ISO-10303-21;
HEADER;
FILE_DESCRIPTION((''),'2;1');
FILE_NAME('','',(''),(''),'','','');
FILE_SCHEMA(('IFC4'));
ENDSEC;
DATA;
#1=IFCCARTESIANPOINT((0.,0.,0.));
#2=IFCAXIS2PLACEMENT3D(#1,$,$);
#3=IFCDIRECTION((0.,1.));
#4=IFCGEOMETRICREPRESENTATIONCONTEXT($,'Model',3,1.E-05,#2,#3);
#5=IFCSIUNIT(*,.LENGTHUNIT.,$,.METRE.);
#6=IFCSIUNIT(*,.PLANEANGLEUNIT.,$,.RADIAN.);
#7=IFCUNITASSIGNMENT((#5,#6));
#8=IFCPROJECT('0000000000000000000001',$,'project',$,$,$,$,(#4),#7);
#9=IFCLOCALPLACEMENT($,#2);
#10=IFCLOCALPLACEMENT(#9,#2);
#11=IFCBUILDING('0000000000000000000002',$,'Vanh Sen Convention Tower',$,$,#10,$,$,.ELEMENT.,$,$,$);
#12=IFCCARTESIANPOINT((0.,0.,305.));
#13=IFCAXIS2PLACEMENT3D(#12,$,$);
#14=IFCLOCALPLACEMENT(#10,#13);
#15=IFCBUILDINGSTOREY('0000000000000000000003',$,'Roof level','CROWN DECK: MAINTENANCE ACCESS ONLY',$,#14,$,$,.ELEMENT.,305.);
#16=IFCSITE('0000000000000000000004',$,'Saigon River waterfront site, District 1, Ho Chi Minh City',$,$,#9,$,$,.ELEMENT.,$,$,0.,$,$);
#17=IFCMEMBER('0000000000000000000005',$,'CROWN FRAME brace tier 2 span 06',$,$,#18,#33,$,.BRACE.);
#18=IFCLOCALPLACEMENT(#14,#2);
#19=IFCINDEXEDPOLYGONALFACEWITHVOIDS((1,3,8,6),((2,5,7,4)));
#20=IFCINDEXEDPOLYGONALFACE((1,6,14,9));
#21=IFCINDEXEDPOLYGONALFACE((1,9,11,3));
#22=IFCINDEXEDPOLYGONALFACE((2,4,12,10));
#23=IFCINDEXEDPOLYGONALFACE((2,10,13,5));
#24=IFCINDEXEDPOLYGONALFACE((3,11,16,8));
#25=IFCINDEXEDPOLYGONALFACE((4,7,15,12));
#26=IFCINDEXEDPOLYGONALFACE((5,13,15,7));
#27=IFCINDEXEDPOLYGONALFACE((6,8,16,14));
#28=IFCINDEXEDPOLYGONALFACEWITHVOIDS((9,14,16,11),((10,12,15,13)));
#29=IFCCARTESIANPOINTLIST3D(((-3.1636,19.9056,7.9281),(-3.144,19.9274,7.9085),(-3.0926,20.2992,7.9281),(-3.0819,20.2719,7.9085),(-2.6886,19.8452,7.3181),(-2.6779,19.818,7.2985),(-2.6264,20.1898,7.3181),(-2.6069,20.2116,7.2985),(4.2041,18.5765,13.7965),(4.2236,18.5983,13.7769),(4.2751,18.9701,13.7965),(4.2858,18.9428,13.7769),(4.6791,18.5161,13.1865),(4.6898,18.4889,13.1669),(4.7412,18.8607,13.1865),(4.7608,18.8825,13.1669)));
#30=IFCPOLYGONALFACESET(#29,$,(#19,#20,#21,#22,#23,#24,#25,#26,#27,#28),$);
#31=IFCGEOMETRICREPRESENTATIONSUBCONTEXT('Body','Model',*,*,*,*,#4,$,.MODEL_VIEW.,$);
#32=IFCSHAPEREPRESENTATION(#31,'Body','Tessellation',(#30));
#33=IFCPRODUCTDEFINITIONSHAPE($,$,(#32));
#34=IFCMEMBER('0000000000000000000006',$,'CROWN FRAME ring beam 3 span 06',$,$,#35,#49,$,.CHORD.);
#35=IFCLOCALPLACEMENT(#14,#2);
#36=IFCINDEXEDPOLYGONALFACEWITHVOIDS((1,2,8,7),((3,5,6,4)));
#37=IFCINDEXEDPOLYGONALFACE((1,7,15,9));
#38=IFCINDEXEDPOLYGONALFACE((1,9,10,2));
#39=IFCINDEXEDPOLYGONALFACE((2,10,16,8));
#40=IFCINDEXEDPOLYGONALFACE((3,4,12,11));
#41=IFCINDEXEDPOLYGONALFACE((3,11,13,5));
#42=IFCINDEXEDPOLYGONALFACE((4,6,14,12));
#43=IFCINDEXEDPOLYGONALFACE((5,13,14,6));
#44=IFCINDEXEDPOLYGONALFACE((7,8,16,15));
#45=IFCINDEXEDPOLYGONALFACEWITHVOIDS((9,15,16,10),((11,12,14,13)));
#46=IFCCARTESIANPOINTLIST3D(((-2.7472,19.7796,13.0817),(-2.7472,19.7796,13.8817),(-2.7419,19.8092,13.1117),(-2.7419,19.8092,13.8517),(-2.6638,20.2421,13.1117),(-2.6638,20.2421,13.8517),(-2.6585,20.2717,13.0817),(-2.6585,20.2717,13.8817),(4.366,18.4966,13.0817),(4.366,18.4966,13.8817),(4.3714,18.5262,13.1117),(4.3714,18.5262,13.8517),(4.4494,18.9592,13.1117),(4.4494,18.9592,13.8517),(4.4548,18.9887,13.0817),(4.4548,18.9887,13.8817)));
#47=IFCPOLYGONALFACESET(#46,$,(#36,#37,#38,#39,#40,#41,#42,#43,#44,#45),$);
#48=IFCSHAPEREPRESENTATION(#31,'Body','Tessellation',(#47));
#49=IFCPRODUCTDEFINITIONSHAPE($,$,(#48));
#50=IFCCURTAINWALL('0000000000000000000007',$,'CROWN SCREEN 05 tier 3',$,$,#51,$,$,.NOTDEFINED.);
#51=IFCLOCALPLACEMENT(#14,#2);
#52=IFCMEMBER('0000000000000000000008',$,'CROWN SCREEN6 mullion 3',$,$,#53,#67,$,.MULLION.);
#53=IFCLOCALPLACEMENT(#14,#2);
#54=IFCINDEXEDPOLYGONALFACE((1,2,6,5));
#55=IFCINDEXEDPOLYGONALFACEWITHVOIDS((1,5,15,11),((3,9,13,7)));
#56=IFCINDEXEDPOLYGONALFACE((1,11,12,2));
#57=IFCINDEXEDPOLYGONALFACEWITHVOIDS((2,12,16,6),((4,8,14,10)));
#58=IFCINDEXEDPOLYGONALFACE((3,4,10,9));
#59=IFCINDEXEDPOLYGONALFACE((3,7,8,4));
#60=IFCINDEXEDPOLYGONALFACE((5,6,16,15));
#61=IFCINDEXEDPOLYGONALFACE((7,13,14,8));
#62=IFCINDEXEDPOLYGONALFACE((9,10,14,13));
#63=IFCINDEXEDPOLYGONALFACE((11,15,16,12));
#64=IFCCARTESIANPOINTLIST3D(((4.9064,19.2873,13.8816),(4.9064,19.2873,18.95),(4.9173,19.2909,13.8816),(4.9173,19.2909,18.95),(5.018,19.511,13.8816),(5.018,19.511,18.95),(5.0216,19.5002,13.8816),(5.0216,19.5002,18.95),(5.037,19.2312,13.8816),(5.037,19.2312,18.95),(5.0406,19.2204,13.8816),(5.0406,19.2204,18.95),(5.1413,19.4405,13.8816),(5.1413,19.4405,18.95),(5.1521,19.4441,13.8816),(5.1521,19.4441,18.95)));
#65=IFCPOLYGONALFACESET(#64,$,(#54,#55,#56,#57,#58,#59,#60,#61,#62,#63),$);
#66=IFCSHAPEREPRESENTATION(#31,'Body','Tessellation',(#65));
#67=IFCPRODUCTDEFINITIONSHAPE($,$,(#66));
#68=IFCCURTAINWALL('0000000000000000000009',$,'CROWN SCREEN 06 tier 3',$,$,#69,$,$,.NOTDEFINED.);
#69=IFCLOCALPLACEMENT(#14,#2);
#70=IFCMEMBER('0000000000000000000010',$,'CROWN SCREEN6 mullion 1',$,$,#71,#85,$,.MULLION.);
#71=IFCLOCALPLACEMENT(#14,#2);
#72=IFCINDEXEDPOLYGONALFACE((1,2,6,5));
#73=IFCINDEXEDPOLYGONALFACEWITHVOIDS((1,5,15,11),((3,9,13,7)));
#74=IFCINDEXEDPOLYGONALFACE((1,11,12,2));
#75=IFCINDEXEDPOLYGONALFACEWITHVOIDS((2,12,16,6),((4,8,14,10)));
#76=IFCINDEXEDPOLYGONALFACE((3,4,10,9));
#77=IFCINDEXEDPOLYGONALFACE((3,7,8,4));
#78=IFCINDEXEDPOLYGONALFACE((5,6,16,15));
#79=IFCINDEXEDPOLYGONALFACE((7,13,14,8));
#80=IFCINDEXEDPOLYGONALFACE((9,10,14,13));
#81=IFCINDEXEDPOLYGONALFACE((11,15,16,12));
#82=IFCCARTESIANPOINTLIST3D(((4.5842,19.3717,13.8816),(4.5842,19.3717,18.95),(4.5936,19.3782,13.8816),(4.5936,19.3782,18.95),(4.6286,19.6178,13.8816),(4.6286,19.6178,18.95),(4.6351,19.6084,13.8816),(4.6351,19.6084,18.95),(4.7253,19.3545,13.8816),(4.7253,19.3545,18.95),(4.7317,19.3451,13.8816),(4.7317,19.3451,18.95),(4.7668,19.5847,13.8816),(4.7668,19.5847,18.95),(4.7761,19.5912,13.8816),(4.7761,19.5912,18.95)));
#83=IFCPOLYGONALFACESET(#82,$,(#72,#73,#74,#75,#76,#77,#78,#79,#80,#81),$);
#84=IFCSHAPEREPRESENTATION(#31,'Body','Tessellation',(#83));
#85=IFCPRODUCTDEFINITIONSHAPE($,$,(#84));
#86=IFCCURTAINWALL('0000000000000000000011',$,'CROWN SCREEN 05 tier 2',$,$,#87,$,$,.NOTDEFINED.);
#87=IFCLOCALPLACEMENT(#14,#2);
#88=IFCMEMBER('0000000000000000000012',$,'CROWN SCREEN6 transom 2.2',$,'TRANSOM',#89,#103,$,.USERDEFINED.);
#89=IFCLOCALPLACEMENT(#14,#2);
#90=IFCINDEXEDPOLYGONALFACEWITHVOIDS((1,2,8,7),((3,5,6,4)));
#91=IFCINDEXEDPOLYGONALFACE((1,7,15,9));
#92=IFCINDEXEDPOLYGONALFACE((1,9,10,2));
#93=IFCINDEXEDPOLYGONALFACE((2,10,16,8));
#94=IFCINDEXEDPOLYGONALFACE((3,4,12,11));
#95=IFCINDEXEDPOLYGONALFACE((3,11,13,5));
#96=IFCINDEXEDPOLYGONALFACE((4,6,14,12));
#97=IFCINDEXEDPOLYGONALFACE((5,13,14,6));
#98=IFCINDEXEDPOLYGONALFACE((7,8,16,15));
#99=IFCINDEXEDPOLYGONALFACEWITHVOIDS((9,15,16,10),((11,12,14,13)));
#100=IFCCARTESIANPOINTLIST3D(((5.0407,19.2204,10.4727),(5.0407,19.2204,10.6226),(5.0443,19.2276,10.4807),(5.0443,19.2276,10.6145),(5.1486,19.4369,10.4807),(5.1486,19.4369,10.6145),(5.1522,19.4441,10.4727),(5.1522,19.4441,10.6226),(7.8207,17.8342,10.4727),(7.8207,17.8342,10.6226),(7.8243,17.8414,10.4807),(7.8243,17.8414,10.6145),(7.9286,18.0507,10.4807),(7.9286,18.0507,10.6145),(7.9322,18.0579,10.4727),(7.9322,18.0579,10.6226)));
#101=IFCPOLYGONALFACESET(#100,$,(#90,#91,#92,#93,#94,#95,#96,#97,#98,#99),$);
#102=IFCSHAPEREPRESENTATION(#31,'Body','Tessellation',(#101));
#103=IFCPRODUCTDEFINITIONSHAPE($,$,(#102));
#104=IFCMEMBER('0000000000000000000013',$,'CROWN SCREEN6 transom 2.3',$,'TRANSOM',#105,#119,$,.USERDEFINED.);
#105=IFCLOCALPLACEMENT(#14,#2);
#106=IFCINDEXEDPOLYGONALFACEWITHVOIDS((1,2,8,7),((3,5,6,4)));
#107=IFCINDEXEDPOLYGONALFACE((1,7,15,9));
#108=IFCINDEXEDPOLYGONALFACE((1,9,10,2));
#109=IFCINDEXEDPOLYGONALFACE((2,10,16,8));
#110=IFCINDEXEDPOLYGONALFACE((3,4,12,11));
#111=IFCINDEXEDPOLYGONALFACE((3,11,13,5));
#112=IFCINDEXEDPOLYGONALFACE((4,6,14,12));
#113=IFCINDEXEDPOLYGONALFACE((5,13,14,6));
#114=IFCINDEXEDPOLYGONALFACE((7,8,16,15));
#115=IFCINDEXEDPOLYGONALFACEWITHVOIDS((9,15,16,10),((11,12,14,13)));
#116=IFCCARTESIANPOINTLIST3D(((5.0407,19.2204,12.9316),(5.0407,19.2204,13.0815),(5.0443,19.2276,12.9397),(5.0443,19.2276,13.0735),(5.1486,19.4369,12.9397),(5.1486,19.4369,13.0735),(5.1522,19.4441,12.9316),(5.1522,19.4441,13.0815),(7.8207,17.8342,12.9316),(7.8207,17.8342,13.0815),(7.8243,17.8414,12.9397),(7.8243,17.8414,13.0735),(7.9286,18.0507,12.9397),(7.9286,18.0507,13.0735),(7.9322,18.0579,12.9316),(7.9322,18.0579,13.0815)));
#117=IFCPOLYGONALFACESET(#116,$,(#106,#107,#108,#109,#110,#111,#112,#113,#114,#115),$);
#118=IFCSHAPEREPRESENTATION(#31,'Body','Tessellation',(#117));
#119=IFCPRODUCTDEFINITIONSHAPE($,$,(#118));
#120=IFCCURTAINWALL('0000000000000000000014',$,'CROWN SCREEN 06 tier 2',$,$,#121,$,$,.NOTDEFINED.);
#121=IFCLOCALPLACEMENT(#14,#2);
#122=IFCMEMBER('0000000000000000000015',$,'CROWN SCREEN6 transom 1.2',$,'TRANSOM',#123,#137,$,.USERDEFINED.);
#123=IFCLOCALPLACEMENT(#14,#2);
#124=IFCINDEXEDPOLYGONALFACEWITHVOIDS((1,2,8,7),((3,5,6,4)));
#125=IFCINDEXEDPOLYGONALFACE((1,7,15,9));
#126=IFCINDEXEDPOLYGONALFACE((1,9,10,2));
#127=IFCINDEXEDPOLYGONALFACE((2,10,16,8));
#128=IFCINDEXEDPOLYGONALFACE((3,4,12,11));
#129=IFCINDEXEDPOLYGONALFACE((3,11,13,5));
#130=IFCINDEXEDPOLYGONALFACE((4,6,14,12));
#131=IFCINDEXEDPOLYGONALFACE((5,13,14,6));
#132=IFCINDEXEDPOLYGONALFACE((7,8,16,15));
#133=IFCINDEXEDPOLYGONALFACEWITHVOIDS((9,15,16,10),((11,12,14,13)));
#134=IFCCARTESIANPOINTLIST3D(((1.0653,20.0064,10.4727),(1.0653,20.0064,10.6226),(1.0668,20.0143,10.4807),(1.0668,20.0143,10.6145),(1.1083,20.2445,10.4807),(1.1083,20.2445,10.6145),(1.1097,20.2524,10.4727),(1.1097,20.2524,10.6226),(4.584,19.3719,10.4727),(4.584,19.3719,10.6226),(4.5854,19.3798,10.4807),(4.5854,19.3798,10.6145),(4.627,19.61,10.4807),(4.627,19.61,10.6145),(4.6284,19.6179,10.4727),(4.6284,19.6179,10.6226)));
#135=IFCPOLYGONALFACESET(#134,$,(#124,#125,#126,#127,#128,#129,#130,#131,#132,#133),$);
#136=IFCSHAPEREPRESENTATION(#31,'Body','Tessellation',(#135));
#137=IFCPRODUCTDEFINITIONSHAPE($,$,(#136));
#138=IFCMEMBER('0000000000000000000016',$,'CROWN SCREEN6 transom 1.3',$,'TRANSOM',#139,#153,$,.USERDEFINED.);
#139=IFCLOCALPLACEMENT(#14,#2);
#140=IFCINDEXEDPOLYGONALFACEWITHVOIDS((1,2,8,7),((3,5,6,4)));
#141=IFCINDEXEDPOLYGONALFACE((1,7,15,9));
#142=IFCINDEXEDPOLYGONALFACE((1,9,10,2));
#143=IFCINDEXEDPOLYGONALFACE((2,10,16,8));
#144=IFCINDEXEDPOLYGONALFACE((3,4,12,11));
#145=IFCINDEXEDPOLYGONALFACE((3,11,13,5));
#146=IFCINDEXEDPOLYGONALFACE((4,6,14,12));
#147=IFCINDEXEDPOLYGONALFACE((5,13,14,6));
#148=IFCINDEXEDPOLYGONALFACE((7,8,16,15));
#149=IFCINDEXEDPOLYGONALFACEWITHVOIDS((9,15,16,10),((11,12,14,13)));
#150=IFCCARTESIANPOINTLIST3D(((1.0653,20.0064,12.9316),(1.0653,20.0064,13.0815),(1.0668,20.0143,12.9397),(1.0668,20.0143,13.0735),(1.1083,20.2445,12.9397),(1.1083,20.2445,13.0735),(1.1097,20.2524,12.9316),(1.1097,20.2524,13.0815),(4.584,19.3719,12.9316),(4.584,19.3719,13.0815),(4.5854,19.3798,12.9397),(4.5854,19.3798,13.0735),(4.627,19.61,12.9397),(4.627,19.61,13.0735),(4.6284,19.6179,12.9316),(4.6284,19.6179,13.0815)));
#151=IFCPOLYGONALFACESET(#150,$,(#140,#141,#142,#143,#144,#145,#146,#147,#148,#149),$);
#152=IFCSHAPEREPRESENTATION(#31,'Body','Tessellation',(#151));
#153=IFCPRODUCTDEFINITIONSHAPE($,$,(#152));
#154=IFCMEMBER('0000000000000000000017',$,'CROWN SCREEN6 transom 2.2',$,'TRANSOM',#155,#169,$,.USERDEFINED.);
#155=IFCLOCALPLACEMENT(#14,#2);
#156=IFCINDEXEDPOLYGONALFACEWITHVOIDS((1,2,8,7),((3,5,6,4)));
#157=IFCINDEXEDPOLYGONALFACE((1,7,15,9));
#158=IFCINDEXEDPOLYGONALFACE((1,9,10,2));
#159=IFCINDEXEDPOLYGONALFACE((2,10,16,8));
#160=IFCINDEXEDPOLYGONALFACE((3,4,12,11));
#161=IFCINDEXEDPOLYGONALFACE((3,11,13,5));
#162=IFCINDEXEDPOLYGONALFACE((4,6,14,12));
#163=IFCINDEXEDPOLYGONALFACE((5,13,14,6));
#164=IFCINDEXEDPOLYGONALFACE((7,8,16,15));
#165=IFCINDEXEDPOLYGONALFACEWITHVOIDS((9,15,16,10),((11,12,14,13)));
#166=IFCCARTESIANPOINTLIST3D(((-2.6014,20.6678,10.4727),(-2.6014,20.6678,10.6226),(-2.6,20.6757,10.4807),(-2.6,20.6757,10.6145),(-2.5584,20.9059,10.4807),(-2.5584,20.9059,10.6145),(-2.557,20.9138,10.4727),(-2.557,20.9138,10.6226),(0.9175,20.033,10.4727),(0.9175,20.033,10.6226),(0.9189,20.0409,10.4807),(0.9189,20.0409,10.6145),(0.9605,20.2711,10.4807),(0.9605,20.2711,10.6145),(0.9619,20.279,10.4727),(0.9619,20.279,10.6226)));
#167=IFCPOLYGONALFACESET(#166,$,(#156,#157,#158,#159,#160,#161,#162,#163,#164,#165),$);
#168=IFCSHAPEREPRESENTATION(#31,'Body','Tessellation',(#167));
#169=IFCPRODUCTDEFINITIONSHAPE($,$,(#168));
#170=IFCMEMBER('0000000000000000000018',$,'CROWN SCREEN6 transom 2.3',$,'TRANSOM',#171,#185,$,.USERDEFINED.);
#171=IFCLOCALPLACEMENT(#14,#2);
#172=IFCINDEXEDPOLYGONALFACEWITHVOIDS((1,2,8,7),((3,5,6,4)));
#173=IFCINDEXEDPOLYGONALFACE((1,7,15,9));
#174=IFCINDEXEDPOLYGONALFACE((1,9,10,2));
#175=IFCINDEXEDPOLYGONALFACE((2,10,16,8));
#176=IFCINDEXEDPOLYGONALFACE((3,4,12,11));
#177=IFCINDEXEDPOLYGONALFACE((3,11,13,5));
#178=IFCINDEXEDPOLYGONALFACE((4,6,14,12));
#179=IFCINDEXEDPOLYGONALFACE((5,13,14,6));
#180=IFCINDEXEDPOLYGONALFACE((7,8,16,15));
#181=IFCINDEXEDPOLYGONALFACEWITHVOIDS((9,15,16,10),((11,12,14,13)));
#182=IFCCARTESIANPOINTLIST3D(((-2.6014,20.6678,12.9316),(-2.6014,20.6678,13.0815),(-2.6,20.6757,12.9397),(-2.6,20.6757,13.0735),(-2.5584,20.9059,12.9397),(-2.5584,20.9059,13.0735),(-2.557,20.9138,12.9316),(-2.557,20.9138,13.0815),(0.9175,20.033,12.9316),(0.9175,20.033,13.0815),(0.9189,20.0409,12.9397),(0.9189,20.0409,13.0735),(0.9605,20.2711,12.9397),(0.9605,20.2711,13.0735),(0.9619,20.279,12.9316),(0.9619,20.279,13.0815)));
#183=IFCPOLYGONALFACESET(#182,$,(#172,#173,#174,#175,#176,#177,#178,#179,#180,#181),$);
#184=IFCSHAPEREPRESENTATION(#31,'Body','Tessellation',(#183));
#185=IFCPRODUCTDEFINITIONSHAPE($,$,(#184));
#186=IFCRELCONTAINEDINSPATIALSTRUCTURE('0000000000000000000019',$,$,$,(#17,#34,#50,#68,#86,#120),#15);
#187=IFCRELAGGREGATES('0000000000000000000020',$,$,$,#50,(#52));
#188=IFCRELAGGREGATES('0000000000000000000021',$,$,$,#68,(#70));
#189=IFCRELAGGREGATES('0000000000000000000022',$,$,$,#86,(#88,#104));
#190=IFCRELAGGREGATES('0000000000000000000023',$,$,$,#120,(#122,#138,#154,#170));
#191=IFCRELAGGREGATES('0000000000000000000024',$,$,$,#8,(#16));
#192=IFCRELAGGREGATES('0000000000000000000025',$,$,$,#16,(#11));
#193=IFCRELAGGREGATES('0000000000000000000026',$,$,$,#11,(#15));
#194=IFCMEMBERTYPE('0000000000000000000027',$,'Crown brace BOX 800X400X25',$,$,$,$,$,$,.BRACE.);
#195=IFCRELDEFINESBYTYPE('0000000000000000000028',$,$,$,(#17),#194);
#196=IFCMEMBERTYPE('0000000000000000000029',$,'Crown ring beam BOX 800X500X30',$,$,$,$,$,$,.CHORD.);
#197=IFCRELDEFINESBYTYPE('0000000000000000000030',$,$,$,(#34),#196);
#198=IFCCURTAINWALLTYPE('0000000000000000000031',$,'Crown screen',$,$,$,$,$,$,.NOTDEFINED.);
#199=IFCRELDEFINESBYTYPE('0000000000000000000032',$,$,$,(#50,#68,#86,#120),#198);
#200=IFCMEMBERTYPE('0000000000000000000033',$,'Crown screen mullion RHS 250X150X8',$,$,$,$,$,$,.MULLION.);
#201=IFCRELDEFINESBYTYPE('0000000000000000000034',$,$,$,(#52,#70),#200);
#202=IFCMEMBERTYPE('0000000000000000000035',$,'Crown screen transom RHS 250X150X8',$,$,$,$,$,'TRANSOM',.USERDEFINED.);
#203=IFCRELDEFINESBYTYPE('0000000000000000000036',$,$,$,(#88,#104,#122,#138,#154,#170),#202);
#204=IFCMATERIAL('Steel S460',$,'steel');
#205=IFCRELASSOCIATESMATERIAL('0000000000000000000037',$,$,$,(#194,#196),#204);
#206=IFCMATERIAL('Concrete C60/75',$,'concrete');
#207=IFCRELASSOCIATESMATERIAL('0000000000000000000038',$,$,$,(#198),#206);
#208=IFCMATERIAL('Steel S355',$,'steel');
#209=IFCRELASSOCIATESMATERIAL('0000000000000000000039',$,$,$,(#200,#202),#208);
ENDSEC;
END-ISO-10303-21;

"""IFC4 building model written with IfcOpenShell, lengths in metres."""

from ifc_helpers import new_model, si_unit, direction, frame, origin, origin_2d, place, context, subcontext, project, spatial, hollow_rectangle, extrude, material, material_profile, profile_set, type_object, element, aggregate, save


model = new_model("IFC4")

# Units and contexts
model_context = context("Model", 3, precision=1e-05, world=origin(), true_north=direction((0.0, 1.0)))
body_context = subcontext(model_context, "Body", "Model", "MODEL_VIEW")
ifc_project = project(units=[si_unit("LENGTHUNIT", "METRE"), si_unit("PLANEANGLEUNIT", "RADIAN")], contexts=[model_context])

# Site, building, storey
site_placement = place(None, origin())
site = spatial("IfcSite", under=ifc_project, at=site_placement, Name="Saigon River waterfront site, District 1, Ho Chi Minh City", CompositionType="ELEMENT", RefElevation=0.0)
building_placement = place(site_placement, origin())
building = spatial("IfcBuilding", under=site, at=building_placement, Name="Vanh Sen Convention Tower", CompositionType="ELEMENT")
storey_placement = place(building_placement, frame((0.0, 0.0, 305.0)))
storey = spatial("IfcBuildingStorey", under=building, at=storey_placement, Name="Roof level", Description="CROWN DECK: MAINTENANCE ACCESS ONLY", CompositionType="ELEMENT", Elevation=305.0)

# Members
ifc_material_1 = material(Name="Steel S460", Category="steel")
ifc_material_profile_1 = material_profile(ifc_material_1, hollow_rectangle(XDim=0.3999, YDim=0.8, WallThickness=0.0249, at=origin_2d()), Name="BOX 800X400X25")
ifc_profile_set_1 = profile_set([ifc_material_profile_1], Name="Steel S460")
member_type_1 = type_object("IfcMemberType", Name="Crown brace BOX 800X400X25", PredefinedType="BRACE", material=ifc_profile_set_1)
member_1_placement = place(storey_placement, frame((4.4824, 18.7295, 13.4817), z_axis=(-0.774527, 0.139722, -0.616916), x_axis=(-0.177531, -0.984115, 0.0)))
element("IfcMember", 1, at=member_1_placement, inside=storey, type_object=member_type_1, Name="CROWN FRAME brace tier 2 span 06", PredefinedType="BRACE", context=body_context, shape_type="SweptSolid", body=[
    extrude(hollow_rectangle(XDim=0.3999, YDim=0.8, WallThickness=0.0249, at=origin_2d()), origin(), (0.0, 0.0, 1.0), 9.5125),
])
ifc_material_profile_2 = material_profile(ifc_material_1, hollow_rectangle(XDim=0.5, YDim=0.8, WallThickness=0.03, at=origin_2d()), Name="BOX 800X500X30")
ifc_profile_set_2 = profile_set([ifc_material_profile_2], Name="Steel S460")
member_type_2 = type_object("IfcMemberType", Name="Crown ring beam BOX 800X500X30", PredefinedType="CHORD", material=ifc_profile_set_2)
member_2_placement = place(storey_placement, frame((4.4104, 18.7427, 13.4817), z_axis=(-0.984121, 0.177497, 0.0), x_axis=(-0.177497, -0.984121, 0.0)))
element("IfcMember", 2, at=member_2_placement, inside=storey, type_object=member_type_2, Name="CROWN FRAME ring beam 3 span 06", PredefinedType="CHORD", context=body_context, shape_type="SweptSolid", body=[
    extrude(hollow_rectangle(XDim=0.5, YDim=0.8, WallThickness=0.03, at=origin_2d()), origin(), (0.0, 0.0, 1.0), 7.228),
])

# Curtain walls, members
ifc_material_2 = material(Name="Concrete C60/75", Category="concrete")
curtain_wall_type = type_object("IfcCurtainWallType", Name="Crown screen", PredefinedType="NOTDEFINED", material=ifc_material_2)
curtain_wall_1_placement = place(storey_placement, origin())
curtain_wall_1 = element("IfcCurtainWall", 3, at=curtain_wall_1_placement, inside=storey, type_object=curtain_wall_type, Name="CROWN SCREEN 05 tier 3", PredefinedType="NOTDEFINED")
ifc_material_3 = material(Name="Steel S355", Category="steel")
ifc_material_profile_3 = material_profile(ifc_material_3, hollow_rectangle(XDim=0.25, YDim=0.1499, WallThickness=0.0081, at=origin_2d()), Name="RHS 250X150X8")
ifc_profile_set_3 = profile_set([ifc_material_profile_3], Name="Steel S355")
member_type_3 = type_object("IfcMemberType", Name="Crown screen mullion RHS 250X150X8", PredefinedType="MULLION", material=ifc_profile_set_3)
member_3_placement = place(storey_placement, frame((5.0293, 19.3657, 13.8816), z_axis=(0.0, 0.0, 1.0), x_axis=(-0.446193, -0.894937, 0.0)))
member_3 = element("IfcMember", 4, at=member_3_placement, type_object=member_type_3, Name="CROWN SCREEN6 mullion 3", PredefinedType="MULLION", context=body_context, shape_type="SweptSolid", body=[
    extrude(hollow_rectangle(XDim=0.25, YDim=0.1499, WallThickness=0.0081, at=origin_2d()), origin(), (0.0, 0.0, 1.0), 5.0684),
])
aggregate(curtain_wall_1, [member_3])
curtain_wall_2_placement = place(storey_placement, origin())
curtain_wall_2 = element("IfcCurtainWall", 5, at=curtain_wall_2_placement, inside=storey, type_object=curtain_wall_type, Name="CROWN SCREEN 06 tier 3", PredefinedType="NOTDEFINED")
member_4_placement = place(storey_placement, frame((4.6802, 19.4814, 13.8816), z_axis=(0.0, 0.0, 1.0), x_axis=(-0.177496, -0.984122, 0.0)))
member_4 = element("IfcMember", 6, at=member_4_placement, type_object=member_type_3, Name="CROWN SCREEN6 mullion 1", PredefinedType="MULLION", context=body_context, shape_type="SweptSolid", body=[
    extrude(hollow_rectangle(XDim=0.25, YDim=0.1499, WallThickness=0.0081, at=origin_2d()), origin(), (0.0, 0.0, 1.0), 5.0684),
])
aggregate(curtain_wall_2, [member_4])

# Curtain walls, members
curtain_wall_3_placement = place(storey_placement, origin())
curtain_wall_3 = element("IfcCurtainWall", 7, at=curtain_wall_3_placement, inside=storey, type_object=curtain_wall_type, Name="CROWN SCREEN 05 tier 2", PredefinedType="NOTDEFINED")
ifc_material_profile_4 = material_profile(ifc_material_3, hollow_rectangle(XDim=0.25, YDim=0.1499, WallThickness=0.0081, at=origin_2d()), Name="RHS 250X150X8")
ifc_profile_set_4 = profile_set([ifc_material_profile_4], Name="Steel S355")
member_type_4 = type_object("IfcMemberType", Name="Crown screen transom RHS 250X150X8", ElementType="TRANSOM", PredefinedType="USERDEFINED", material=ifc_profile_set_4)
member_5_placement = place(storey_placement, frame((7.8765, 17.946, 10.5476), z_axis=(-0.894914, 0.446239, 0.0), x_axis=(-0.446239, -0.894914, 0.0)))
member_5 = element("IfcMember", 8, at=member_5_placement, type_object=member_type_4, Name="CROWN SCREEN6 transom 2.2", ObjectType="TRANSOM", PredefinedType="USERDEFINED", context=body_context, shape_type="SweptSolid", body=[
    extrude(hollow_rectangle(XDim=0.25, YDim=0.1499, WallThickness=0.0081, at=origin_2d()), origin(), (0.0, 0.0, 1.0), 3.1064),
])
member_6_placement = place(storey_placement, frame((7.8765, 17.946, 13.0066), z_axis=(-0.894914, 0.446239, 0.0), x_axis=(-0.446239, -0.894914, 0.0)))
member_6 = element("IfcMember", 9, at=member_6_placement, type_object=member_type_4, Name="CROWN SCREEN6 transom 2.3", ObjectType="TRANSOM", PredefinedType="USERDEFINED", context=body_context, shape_type="SweptSolid", body=[
    extrude(hollow_rectangle(XDim=0.25, YDim=0.1499, WallThickness=0.0081, at=origin_2d()), origin(), (0.0, 0.0, 1.0), 3.1064),
])
curtain_wall_4_placement = place(storey_placement, origin())
curtain_wall_4 = element("IfcCurtainWall", 10, at=curtain_wall_4_placement, inside=storey, type_object=curtain_wall_type, Name="CROWN SCREEN 06 tier 2", PredefinedType="NOTDEFINED")
member_7_placement = place(storey_placement, frame((4.6062, 19.4949, 10.5476), z_axis=(-0.984128, 0.177461, 0.0), x_axis=(-0.177461, -0.984128, 0.0)))
member_7 = element("IfcMember", 11, at=member_7_placement, type_object=member_type_4, Name="CROWN SCREEN6 transom 1.2", ObjectType="TRANSOM", PredefinedType="USERDEFINED", context=body_context, shape_type="SweptSolid", body=[
    extrude(hollow_rectangle(XDim=0.25, YDim=0.1499, WallThickness=0.0081, at=origin_2d()), origin(), (0.0, 0.0, 1.0), 3.5754),
])
member_8_placement = place(storey_placement, frame((4.6062, 19.4949, 13.0066), z_axis=(-0.984128, 0.177461, 0.0), x_axis=(-0.177461, -0.984128, 0.0)))
member_8 = element("IfcMember", 12, at=member_8_placement, type_object=member_type_4, Name="CROWN SCREEN6 transom 1.3", ObjectType="TRANSOM", PredefinedType="USERDEFINED", context=body_context, shape_type="SweptSolid", body=[
    extrude(hollow_rectangle(XDim=0.25, YDim=0.1499, WallThickness=0.0081, at=origin_2d()), origin(), (0.0, 0.0, 1.0), 3.5754),
])
member_9_placement = place(storey_placement, frame((0.9397, 20.156, 10.5476), z_axis=(-0.984116, 0.177527, 0.0), x_axis=(-0.177527, -0.984116, 0.0)))
member_9 = element("IfcMember", 13, at=member_9_placement, type_object=member_type_4, Name="CROWN SCREEN6 transom 2.2", ObjectType="TRANSOM", PredefinedType="USERDEFINED", context=body_context, shape_type="SweptSolid", body=[
    extrude(hollow_rectangle(XDim=0.25, YDim=0.1499, WallThickness=0.0081, at=origin_2d()), origin(), (0.0, 0.0, 1.0), 3.5757),
])
member_10_placement = place(storey_placement, frame((0.9397, 20.156, 13.0066), z_axis=(-0.984116, 0.177527, 0.0), x_axis=(-0.177527, -0.984116, 0.0)))
member_10 = element("IfcMember", 14, at=member_10_placement, type_object=member_type_4, Name="CROWN SCREEN6 transom 2.3", ObjectType="TRANSOM", PredefinedType="USERDEFINED", context=body_context, shape_type="SweptSolid", body=[
    extrude(hollow_rectangle(XDim=0.25, YDim=0.1499, WallThickness=0.0081, at=origin_2d()), origin(), (0.0, 0.0, 1.0), 3.5757),
])

aggregate(curtain_wall_3, [member_5, member_6])
aggregate(curtain_wall_4, [member_7, member_8, member_9, member_10])

save(model, "model.ifc")
